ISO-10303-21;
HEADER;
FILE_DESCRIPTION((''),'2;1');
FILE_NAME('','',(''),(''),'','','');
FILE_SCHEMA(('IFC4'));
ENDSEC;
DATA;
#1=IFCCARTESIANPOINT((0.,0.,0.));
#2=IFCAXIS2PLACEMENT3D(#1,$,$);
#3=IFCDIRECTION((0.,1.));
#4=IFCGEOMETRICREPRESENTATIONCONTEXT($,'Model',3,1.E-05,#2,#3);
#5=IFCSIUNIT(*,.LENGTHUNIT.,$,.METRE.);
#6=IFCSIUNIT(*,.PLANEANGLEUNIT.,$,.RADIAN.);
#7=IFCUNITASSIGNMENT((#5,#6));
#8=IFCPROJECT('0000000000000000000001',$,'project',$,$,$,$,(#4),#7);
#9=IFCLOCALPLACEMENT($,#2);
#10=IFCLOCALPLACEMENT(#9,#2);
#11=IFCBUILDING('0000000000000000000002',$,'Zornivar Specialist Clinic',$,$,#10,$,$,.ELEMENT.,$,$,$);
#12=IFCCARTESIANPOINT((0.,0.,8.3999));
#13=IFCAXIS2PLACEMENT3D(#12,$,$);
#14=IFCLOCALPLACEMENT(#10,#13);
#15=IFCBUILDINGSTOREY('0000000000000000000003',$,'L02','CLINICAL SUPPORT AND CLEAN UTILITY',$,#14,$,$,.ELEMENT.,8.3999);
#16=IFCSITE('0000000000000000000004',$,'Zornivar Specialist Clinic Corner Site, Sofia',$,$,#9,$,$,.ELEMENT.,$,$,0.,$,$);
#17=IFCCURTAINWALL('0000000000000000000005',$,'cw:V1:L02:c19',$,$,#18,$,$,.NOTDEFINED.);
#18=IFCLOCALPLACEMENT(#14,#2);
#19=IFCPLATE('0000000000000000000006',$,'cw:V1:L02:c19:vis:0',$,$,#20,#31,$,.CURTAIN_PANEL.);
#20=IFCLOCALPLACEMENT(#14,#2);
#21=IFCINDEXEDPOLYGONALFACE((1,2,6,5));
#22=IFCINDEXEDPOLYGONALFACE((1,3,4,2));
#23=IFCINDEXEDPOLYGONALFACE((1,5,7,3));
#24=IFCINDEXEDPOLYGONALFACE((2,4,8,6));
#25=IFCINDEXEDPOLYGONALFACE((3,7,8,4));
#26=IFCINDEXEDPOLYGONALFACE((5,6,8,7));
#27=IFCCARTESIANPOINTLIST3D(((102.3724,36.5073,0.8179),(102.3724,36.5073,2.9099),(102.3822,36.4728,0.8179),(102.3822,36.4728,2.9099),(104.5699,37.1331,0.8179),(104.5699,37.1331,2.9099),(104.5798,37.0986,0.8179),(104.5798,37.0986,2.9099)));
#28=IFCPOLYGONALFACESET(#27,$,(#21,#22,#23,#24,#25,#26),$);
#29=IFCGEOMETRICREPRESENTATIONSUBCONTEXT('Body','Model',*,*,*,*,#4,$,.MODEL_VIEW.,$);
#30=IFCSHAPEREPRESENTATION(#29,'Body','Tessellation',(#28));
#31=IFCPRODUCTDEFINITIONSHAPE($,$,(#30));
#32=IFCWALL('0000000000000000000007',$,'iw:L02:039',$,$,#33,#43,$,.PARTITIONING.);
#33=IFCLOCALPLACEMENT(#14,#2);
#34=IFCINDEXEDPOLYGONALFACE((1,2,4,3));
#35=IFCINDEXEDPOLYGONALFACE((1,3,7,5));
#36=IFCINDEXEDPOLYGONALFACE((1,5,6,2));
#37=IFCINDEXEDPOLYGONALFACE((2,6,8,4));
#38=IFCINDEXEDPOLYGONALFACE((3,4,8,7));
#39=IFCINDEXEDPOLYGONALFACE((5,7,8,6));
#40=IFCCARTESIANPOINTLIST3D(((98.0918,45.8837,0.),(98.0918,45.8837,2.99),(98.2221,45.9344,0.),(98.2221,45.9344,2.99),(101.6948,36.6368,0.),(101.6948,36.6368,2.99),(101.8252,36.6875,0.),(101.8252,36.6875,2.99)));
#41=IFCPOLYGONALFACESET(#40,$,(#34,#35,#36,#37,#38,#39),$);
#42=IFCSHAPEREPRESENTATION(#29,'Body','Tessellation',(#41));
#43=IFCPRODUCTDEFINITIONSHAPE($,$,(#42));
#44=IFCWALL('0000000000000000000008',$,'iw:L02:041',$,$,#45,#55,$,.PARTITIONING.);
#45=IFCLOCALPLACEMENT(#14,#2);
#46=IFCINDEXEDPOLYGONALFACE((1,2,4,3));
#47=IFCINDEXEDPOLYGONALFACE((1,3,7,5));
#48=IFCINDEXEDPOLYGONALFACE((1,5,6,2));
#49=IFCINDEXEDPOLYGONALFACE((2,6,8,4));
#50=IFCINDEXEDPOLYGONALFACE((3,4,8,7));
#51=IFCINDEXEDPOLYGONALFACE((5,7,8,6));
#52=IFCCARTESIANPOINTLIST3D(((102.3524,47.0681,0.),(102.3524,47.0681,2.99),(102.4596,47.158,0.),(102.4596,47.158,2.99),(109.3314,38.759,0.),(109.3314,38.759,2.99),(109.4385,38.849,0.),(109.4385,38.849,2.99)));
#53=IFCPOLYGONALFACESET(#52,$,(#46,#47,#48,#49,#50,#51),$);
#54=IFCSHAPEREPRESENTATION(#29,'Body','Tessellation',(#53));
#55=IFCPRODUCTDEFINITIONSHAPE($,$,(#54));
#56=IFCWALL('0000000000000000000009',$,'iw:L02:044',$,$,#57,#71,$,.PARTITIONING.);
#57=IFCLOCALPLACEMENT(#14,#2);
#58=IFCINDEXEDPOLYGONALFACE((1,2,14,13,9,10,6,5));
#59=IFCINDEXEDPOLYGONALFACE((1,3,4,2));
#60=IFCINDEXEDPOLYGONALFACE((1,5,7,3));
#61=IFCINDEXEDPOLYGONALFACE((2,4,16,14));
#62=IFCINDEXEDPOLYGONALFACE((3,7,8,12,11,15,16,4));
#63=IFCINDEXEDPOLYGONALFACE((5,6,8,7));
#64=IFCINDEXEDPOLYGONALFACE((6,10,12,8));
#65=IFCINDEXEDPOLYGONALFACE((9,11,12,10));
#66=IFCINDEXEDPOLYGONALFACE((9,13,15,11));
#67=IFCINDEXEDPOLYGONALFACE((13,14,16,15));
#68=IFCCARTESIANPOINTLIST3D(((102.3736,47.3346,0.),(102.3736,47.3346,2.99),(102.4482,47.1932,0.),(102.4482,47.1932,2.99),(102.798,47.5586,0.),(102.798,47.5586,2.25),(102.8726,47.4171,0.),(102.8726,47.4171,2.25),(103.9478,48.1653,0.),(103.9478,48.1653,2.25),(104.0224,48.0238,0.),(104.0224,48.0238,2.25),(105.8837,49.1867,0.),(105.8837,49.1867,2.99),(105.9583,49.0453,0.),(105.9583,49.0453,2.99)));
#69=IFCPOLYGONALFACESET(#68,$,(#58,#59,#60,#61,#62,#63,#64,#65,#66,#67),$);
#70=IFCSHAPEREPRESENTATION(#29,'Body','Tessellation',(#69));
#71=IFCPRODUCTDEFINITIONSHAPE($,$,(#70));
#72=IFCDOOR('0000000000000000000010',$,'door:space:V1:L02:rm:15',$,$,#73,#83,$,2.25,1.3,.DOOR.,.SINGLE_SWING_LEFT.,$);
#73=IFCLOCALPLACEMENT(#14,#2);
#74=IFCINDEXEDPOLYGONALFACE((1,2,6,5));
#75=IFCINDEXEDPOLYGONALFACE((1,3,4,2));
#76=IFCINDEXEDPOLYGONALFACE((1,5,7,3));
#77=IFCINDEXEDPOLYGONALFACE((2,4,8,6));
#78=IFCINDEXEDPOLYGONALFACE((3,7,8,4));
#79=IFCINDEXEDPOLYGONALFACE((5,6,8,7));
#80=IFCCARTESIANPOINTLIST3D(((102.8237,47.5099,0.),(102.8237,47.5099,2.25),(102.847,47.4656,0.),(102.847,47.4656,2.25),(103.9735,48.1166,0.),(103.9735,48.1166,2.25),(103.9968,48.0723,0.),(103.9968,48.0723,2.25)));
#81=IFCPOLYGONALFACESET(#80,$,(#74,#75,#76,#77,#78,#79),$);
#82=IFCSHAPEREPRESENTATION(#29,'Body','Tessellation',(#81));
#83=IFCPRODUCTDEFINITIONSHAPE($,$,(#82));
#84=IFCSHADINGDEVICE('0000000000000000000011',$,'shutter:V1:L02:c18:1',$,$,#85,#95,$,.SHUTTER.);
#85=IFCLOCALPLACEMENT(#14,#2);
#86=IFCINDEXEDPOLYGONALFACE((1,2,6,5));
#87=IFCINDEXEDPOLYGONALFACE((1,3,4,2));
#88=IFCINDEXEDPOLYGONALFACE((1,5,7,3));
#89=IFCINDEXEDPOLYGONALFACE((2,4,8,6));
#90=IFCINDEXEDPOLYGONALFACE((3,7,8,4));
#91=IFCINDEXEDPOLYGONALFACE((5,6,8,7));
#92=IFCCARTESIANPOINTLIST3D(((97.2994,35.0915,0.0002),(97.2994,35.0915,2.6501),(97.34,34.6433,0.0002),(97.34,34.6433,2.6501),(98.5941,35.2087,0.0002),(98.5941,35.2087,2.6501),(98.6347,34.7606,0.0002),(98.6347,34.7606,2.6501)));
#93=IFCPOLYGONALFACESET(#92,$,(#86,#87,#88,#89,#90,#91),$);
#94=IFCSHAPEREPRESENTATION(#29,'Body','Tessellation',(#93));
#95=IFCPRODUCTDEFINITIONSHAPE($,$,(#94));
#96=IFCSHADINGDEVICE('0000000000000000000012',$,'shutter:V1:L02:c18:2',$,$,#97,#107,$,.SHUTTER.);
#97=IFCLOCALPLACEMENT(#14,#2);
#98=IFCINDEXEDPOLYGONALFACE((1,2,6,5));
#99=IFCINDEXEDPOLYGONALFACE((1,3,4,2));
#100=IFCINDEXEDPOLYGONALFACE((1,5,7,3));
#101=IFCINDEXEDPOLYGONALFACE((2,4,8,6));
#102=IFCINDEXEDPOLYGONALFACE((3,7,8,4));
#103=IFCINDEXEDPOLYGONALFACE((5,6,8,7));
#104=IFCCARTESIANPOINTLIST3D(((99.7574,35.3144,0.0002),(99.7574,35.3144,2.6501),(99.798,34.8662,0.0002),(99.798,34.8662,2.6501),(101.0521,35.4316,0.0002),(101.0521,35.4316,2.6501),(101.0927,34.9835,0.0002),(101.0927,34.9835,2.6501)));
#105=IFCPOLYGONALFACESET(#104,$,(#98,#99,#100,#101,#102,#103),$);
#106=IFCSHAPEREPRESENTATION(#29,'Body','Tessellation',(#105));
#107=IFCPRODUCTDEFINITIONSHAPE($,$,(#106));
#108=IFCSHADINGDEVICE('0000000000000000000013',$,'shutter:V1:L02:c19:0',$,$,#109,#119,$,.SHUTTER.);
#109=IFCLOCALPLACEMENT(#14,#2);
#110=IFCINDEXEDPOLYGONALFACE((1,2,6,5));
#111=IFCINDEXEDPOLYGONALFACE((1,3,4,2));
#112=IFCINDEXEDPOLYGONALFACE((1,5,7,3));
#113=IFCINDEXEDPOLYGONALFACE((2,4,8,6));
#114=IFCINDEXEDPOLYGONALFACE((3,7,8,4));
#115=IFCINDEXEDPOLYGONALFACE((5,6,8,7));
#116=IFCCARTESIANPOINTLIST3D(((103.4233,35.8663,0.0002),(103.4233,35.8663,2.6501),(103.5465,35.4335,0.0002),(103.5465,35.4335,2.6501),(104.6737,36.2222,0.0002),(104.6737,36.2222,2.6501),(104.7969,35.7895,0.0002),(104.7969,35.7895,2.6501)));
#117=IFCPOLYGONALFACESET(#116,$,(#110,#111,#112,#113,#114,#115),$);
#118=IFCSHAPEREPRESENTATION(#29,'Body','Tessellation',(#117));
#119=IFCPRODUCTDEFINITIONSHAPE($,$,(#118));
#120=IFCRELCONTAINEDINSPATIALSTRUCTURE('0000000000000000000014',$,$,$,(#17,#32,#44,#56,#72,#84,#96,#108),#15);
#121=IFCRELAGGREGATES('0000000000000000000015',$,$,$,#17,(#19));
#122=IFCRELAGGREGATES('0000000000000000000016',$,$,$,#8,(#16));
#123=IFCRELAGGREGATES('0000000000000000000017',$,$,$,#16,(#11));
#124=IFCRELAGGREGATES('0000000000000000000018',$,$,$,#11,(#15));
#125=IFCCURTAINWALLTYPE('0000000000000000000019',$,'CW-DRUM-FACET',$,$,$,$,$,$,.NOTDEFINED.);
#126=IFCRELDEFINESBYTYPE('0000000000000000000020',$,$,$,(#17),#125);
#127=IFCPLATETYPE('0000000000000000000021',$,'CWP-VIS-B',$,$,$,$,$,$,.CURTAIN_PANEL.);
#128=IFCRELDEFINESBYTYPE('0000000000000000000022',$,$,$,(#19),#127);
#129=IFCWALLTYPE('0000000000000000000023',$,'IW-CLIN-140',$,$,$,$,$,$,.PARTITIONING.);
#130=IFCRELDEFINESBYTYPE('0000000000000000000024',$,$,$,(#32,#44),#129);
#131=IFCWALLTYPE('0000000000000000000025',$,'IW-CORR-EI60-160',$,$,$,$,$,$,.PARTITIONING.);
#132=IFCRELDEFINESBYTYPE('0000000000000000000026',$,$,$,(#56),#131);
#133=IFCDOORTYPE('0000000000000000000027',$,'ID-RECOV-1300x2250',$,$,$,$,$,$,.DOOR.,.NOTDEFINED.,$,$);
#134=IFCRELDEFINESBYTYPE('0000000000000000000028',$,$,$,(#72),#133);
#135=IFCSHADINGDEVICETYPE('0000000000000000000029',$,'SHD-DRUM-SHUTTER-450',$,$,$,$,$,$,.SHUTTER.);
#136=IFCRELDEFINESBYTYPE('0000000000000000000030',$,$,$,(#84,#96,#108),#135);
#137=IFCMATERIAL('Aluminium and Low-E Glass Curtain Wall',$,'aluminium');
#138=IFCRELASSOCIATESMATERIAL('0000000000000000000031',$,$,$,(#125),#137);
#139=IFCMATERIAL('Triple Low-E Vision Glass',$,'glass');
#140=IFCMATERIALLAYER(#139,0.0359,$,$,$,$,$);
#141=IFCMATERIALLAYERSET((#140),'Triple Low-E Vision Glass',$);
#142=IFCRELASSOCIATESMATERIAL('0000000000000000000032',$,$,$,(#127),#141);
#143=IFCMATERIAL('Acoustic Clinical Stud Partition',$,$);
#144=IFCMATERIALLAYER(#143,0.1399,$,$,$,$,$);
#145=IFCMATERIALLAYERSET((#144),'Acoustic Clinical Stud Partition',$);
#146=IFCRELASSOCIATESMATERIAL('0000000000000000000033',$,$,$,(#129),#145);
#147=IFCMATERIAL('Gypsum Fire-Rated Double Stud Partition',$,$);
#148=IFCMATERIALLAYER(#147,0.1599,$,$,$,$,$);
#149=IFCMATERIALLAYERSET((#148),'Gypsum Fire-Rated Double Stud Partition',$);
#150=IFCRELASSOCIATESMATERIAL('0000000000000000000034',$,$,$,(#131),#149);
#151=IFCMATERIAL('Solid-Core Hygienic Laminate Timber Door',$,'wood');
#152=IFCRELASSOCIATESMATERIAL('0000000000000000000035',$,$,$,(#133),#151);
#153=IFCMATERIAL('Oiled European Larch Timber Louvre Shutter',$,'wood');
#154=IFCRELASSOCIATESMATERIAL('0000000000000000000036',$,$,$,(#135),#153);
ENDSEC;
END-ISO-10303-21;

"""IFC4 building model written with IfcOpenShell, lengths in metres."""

from ifc_helpers import new_model, si_unit, direction, frame, frame_2d, origin, origin_2d, place, context, subcontext, project, spatial, rectangle, extrude, material, layer, layer_set, type_object, element, fill, aggregate, save


model = new_model("IFC4")

# Units and contexts
model_context = context("Model", 3, precision=1e-05, world=origin(), true_north=direction((0.0, 1.0)))
body_context = subcontext(model_context, "Body", "Model", "MODEL_VIEW")
ifc_project = project(units=[si_unit("LENGTHUNIT", "METRE"), si_unit("PLANEANGLEUNIT", "RADIAN")], contexts=[model_context])

# Site, building, storey
site_placement = place(None, origin())
site = spatial("IfcSite", under=ifc_project, at=site_placement, Name="Zornivar Specialist Clinic Corner Site, Sofia", CompositionType="ELEMENT", RefElevation=0.0)
building_placement = place(site_placement, origin())
building = spatial("IfcBuilding", under=site, at=building_placement, Name="Zornivar Specialist Clinic", CompositionType="ELEMENT")
storey_placement = place(building_placement, frame((0.0, 0.0, 8.3999)))
storey = spatial("IfcBuildingStorey", under=building, at=storey_placement, Name="L02", Description="CLINICAL SUPPORT AND CLEAN UTILITY", CompositionType="ELEMENT", Elevation=8.3999)

# Curtain wall
ifc_material_1 = material(Name="Aluminium and Low-E Glass Curtain Wall", Category="aluminium")
curtain_wall_type = type_object("IfcCurtainWallType", Name="CW-DRUM-FACET", PredefinedType="NOTDEFINED", material=ifc_material_1)
curtain_wall_1_placement = place(storey_placement, origin())
curtain_wall_1 = element("IfcCurtainWall", 1, at=curtain_wall_1_placement, inside=storey, type_object=curtain_wall_type, Name="cw:V1:L02:c19", PredefinedType="NOTDEFINED")

# Plate
ifc_material_2 = material(Name="Triple Low-E Vision Glass", Category="glass")
ifc_layer_1 = layer(ifc_material_2, 0.0359)
ifc_layer_set_1 = layer_set([ifc_layer_1], Name="Triple Low-E Vision Glass")
plate_type_1 = type_object("IfcPlateType", Name="CWP-VIS-B", PredefinedType="CURTAIN_PANEL", material=ifc_layer_set_1)
plate_1_placement = place(storey_placement, frame((103.4761, 36.803, 0.8179), z_axis=(0.0, 0.0, 1.0), x_axis=(0.961761, 0.273889, 0.0)))
plate_1 = element("IfcPlate", 2, at=plate_1_placement, type_object=plate_type_1, Name="cw:V1:L02:c19:vis:0", PredefinedType="CURTAIN_PANEL", context=body_context, shape_type="SweptSolid", body=[
    extrude(rectangle(XDim=2.2849, YDim=0.0359, at=origin_2d()), origin(), (0.0, 0.0, 1.0), 2.092),
])
aggregate(curtain_wall_1, [plate_1])

# Walls
ifc_material_3 = material(Name="Acoustic Clinical Stud Partition")
ifc_layer_2 = layer(ifc_material_3, 0.1399)
ifc_layer_set_2 = layer_set([ifc_layer_2], Name="Acoustic Clinical Stud Partition")
wall_type_1 = type_object("IfcWallType", Name="IW-CLIN-140", PredefinedType="PARTITIONING", material=ifc_layer_set_2)
wall_1_placement = place(storey_placement, frame((98.157, 45.9089, 0.0), z_axis=(0.0, 0.0, 1.0), x_axis=(0.363062, -0.931765, 0.0)))
element("IfcWall", 3, at=wall_1_placement, inside=storey, type_object=wall_type_1, Name="iw:L02:039", PredefinedType="PARTITIONING", context=body_context, shape_type="SweptSolid", body=[
    extrude(rectangle(XDim=9.9241, YDim=0.1399, at=frame_2d((4.9619, 0.0))), origin(), (0.0, 0.0, 1.0), 2.99),
])
wall_2_placement = place(storey_placement, frame((102.406, 47.113, 0.0), z_axis=(0.0, 0.0, 1.0), x_axis=(0.643158, -0.765733, 0.0)))
element("IfcWall", 4, at=wall_2_placement, inside=storey, type_object=wall_type_1, Name="iw:L02:041", PredefinedType="PARTITIONING", context=body_context, shape_type="SweptSolid", body=[
    extrude(rectangle(XDim=10.8511, YDim=0.1399, at=frame_2d((5.4255, 0.0))), origin(), (0.0, 0.0, 1.0), 2.99),
])

# Wall, opening, door
ifc_material_4 = material(Name="Gypsum Fire-Rated Double Stud Partition")
ifc_layer_3 = layer(ifc_material_4, 0.1599)
ifc_layer_set_3 = layer_set([ifc_layer_3], Name="Gypsum Fire-Rated Double Stud Partition")
wall_type_2 = type_object("IfcWallType", Name="IW-CORR-EI60-160", PredefinedType="PARTITIONING", material=ifc_layer_set_3)
wall_3_placement = place(storey_placement, frame((102.4109, 47.2639, 0.0), z_axis=(0.0, 0.0, 1.0), x_axis=(0.884432, 0.466669, 0.0)))
wall_3 = element("IfcWall", 5, at=wall_3_placement, inside=storey, type_object=wall_type_2, Name="iw:L02:044", PredefinedType="PARTITIONING", context=body_context, shape_type="SweptSolid", body=[
    extrude(rectangle(XDim=3.9688, YDim=0.1599, at=frame_2d((1.9844, 0.0))), origin(), (0.0, 0.0, 1.0), 2.99),
])
opening_1_placement = place(wall_3_placement, frame((0.48, 0.0, 0.0)))
opening_1 = element("IfcOpeningElement", 6, at=opening_1_placement, cuts=wall_3, PredefinedType="OPENING", context=body_context, shape_type="SweptSolid", body=[
    extrude(rectangle(XDim=1.3, YDim=2.25, at=frame_2d((0.6499, 1.125))), frame((0.0, 0.0898, 0.0), z_axis=(0.0, -1.0, 0.0), x_axis=(1.0, 0.0, 0.0)), (0.0, 0.0, 1.0), 0.1799),
])
ifc_material_5 = material(Name="Solid-Core Hygienic Laminate Timber Door", Category="wood")
door_type_1 = type_object("IfcDoorType", Name="ID-RECOV-1300x2250", OperationType="NOTDEFINED", PredefinedType="DOOR", material=ifc_material_5)
door_1_placement = place(opening_1_placement, origin())
door_1 = element("IfcDoor", 7, at=door_1_placement, inside=storey, type_object=door_type_1, Name="door:space:V1:L02:rm:15", OperationType="SINGLE_SWING_LEFT", OverallHeight=2.25, OverallWidth=1.3, PredefinedType="DOOR", context=body_context, shape_type="SweptSolid", body=[
    extrude(rectangle(XDim=1.3, YDim=2.25, at=frame_2d((0.6499, 1.125))), frame((0.0, 0.0249, 0.0), z_axis=(0.0, -1.0, 0.0), x_axis=(1.0, 0.0, 0.0)), (0.0, 0.0, 1.0), 0.05),
])
fill(opening_1, door_1)

# Shading devices
ifc_material_6 = material(Name="Oiled European Larch Timber Louvre Shutter", Category="wood")
shading_device_type = type_object("IfcShadingDeviceType", Name="SHD-DRUM-SHUTTER-450", PredefinedType="SHUTTER", material=ifc_material_6)
for number, where, z_axis, x_axis, name in (
    (8, (97.967, 34.926, 0.0002), (0.0, 0.0, 1.0), (0.995925, 0.090188, 0.0), "shutter:V1:L02:c18:1"),
    (9, (100.425, 35.1489, 0.0002), (0.0, 0.0, 1.0), (0.995925, 0.090188, 0.0), "shutter:V1:L02:c18:2"),
    (10, (104.1101, 35.8279, 0.0002), (0.0, 0.0, 1.0), (0.961785, 0.273805, 0.0), "shutter:V1:L02:c19:0"),
):
    element("IfcShadingDevice", number, at=place(storey_placement, frame(where, z_axis=z_axis, x_axis=x_axis)), inside=storey, type_object=shading_device_type, Name=name, PredefinedType="SHUTTER", context=body_context, shape_type="SweptSolid", body=[
        extrude(rectangle(XDim=1.3, YDim=0.45, at=origin_2d()), origin(), (0.0, 0.0, 1.0), 2.6499),
    ])

save(model, "model.ifc")
